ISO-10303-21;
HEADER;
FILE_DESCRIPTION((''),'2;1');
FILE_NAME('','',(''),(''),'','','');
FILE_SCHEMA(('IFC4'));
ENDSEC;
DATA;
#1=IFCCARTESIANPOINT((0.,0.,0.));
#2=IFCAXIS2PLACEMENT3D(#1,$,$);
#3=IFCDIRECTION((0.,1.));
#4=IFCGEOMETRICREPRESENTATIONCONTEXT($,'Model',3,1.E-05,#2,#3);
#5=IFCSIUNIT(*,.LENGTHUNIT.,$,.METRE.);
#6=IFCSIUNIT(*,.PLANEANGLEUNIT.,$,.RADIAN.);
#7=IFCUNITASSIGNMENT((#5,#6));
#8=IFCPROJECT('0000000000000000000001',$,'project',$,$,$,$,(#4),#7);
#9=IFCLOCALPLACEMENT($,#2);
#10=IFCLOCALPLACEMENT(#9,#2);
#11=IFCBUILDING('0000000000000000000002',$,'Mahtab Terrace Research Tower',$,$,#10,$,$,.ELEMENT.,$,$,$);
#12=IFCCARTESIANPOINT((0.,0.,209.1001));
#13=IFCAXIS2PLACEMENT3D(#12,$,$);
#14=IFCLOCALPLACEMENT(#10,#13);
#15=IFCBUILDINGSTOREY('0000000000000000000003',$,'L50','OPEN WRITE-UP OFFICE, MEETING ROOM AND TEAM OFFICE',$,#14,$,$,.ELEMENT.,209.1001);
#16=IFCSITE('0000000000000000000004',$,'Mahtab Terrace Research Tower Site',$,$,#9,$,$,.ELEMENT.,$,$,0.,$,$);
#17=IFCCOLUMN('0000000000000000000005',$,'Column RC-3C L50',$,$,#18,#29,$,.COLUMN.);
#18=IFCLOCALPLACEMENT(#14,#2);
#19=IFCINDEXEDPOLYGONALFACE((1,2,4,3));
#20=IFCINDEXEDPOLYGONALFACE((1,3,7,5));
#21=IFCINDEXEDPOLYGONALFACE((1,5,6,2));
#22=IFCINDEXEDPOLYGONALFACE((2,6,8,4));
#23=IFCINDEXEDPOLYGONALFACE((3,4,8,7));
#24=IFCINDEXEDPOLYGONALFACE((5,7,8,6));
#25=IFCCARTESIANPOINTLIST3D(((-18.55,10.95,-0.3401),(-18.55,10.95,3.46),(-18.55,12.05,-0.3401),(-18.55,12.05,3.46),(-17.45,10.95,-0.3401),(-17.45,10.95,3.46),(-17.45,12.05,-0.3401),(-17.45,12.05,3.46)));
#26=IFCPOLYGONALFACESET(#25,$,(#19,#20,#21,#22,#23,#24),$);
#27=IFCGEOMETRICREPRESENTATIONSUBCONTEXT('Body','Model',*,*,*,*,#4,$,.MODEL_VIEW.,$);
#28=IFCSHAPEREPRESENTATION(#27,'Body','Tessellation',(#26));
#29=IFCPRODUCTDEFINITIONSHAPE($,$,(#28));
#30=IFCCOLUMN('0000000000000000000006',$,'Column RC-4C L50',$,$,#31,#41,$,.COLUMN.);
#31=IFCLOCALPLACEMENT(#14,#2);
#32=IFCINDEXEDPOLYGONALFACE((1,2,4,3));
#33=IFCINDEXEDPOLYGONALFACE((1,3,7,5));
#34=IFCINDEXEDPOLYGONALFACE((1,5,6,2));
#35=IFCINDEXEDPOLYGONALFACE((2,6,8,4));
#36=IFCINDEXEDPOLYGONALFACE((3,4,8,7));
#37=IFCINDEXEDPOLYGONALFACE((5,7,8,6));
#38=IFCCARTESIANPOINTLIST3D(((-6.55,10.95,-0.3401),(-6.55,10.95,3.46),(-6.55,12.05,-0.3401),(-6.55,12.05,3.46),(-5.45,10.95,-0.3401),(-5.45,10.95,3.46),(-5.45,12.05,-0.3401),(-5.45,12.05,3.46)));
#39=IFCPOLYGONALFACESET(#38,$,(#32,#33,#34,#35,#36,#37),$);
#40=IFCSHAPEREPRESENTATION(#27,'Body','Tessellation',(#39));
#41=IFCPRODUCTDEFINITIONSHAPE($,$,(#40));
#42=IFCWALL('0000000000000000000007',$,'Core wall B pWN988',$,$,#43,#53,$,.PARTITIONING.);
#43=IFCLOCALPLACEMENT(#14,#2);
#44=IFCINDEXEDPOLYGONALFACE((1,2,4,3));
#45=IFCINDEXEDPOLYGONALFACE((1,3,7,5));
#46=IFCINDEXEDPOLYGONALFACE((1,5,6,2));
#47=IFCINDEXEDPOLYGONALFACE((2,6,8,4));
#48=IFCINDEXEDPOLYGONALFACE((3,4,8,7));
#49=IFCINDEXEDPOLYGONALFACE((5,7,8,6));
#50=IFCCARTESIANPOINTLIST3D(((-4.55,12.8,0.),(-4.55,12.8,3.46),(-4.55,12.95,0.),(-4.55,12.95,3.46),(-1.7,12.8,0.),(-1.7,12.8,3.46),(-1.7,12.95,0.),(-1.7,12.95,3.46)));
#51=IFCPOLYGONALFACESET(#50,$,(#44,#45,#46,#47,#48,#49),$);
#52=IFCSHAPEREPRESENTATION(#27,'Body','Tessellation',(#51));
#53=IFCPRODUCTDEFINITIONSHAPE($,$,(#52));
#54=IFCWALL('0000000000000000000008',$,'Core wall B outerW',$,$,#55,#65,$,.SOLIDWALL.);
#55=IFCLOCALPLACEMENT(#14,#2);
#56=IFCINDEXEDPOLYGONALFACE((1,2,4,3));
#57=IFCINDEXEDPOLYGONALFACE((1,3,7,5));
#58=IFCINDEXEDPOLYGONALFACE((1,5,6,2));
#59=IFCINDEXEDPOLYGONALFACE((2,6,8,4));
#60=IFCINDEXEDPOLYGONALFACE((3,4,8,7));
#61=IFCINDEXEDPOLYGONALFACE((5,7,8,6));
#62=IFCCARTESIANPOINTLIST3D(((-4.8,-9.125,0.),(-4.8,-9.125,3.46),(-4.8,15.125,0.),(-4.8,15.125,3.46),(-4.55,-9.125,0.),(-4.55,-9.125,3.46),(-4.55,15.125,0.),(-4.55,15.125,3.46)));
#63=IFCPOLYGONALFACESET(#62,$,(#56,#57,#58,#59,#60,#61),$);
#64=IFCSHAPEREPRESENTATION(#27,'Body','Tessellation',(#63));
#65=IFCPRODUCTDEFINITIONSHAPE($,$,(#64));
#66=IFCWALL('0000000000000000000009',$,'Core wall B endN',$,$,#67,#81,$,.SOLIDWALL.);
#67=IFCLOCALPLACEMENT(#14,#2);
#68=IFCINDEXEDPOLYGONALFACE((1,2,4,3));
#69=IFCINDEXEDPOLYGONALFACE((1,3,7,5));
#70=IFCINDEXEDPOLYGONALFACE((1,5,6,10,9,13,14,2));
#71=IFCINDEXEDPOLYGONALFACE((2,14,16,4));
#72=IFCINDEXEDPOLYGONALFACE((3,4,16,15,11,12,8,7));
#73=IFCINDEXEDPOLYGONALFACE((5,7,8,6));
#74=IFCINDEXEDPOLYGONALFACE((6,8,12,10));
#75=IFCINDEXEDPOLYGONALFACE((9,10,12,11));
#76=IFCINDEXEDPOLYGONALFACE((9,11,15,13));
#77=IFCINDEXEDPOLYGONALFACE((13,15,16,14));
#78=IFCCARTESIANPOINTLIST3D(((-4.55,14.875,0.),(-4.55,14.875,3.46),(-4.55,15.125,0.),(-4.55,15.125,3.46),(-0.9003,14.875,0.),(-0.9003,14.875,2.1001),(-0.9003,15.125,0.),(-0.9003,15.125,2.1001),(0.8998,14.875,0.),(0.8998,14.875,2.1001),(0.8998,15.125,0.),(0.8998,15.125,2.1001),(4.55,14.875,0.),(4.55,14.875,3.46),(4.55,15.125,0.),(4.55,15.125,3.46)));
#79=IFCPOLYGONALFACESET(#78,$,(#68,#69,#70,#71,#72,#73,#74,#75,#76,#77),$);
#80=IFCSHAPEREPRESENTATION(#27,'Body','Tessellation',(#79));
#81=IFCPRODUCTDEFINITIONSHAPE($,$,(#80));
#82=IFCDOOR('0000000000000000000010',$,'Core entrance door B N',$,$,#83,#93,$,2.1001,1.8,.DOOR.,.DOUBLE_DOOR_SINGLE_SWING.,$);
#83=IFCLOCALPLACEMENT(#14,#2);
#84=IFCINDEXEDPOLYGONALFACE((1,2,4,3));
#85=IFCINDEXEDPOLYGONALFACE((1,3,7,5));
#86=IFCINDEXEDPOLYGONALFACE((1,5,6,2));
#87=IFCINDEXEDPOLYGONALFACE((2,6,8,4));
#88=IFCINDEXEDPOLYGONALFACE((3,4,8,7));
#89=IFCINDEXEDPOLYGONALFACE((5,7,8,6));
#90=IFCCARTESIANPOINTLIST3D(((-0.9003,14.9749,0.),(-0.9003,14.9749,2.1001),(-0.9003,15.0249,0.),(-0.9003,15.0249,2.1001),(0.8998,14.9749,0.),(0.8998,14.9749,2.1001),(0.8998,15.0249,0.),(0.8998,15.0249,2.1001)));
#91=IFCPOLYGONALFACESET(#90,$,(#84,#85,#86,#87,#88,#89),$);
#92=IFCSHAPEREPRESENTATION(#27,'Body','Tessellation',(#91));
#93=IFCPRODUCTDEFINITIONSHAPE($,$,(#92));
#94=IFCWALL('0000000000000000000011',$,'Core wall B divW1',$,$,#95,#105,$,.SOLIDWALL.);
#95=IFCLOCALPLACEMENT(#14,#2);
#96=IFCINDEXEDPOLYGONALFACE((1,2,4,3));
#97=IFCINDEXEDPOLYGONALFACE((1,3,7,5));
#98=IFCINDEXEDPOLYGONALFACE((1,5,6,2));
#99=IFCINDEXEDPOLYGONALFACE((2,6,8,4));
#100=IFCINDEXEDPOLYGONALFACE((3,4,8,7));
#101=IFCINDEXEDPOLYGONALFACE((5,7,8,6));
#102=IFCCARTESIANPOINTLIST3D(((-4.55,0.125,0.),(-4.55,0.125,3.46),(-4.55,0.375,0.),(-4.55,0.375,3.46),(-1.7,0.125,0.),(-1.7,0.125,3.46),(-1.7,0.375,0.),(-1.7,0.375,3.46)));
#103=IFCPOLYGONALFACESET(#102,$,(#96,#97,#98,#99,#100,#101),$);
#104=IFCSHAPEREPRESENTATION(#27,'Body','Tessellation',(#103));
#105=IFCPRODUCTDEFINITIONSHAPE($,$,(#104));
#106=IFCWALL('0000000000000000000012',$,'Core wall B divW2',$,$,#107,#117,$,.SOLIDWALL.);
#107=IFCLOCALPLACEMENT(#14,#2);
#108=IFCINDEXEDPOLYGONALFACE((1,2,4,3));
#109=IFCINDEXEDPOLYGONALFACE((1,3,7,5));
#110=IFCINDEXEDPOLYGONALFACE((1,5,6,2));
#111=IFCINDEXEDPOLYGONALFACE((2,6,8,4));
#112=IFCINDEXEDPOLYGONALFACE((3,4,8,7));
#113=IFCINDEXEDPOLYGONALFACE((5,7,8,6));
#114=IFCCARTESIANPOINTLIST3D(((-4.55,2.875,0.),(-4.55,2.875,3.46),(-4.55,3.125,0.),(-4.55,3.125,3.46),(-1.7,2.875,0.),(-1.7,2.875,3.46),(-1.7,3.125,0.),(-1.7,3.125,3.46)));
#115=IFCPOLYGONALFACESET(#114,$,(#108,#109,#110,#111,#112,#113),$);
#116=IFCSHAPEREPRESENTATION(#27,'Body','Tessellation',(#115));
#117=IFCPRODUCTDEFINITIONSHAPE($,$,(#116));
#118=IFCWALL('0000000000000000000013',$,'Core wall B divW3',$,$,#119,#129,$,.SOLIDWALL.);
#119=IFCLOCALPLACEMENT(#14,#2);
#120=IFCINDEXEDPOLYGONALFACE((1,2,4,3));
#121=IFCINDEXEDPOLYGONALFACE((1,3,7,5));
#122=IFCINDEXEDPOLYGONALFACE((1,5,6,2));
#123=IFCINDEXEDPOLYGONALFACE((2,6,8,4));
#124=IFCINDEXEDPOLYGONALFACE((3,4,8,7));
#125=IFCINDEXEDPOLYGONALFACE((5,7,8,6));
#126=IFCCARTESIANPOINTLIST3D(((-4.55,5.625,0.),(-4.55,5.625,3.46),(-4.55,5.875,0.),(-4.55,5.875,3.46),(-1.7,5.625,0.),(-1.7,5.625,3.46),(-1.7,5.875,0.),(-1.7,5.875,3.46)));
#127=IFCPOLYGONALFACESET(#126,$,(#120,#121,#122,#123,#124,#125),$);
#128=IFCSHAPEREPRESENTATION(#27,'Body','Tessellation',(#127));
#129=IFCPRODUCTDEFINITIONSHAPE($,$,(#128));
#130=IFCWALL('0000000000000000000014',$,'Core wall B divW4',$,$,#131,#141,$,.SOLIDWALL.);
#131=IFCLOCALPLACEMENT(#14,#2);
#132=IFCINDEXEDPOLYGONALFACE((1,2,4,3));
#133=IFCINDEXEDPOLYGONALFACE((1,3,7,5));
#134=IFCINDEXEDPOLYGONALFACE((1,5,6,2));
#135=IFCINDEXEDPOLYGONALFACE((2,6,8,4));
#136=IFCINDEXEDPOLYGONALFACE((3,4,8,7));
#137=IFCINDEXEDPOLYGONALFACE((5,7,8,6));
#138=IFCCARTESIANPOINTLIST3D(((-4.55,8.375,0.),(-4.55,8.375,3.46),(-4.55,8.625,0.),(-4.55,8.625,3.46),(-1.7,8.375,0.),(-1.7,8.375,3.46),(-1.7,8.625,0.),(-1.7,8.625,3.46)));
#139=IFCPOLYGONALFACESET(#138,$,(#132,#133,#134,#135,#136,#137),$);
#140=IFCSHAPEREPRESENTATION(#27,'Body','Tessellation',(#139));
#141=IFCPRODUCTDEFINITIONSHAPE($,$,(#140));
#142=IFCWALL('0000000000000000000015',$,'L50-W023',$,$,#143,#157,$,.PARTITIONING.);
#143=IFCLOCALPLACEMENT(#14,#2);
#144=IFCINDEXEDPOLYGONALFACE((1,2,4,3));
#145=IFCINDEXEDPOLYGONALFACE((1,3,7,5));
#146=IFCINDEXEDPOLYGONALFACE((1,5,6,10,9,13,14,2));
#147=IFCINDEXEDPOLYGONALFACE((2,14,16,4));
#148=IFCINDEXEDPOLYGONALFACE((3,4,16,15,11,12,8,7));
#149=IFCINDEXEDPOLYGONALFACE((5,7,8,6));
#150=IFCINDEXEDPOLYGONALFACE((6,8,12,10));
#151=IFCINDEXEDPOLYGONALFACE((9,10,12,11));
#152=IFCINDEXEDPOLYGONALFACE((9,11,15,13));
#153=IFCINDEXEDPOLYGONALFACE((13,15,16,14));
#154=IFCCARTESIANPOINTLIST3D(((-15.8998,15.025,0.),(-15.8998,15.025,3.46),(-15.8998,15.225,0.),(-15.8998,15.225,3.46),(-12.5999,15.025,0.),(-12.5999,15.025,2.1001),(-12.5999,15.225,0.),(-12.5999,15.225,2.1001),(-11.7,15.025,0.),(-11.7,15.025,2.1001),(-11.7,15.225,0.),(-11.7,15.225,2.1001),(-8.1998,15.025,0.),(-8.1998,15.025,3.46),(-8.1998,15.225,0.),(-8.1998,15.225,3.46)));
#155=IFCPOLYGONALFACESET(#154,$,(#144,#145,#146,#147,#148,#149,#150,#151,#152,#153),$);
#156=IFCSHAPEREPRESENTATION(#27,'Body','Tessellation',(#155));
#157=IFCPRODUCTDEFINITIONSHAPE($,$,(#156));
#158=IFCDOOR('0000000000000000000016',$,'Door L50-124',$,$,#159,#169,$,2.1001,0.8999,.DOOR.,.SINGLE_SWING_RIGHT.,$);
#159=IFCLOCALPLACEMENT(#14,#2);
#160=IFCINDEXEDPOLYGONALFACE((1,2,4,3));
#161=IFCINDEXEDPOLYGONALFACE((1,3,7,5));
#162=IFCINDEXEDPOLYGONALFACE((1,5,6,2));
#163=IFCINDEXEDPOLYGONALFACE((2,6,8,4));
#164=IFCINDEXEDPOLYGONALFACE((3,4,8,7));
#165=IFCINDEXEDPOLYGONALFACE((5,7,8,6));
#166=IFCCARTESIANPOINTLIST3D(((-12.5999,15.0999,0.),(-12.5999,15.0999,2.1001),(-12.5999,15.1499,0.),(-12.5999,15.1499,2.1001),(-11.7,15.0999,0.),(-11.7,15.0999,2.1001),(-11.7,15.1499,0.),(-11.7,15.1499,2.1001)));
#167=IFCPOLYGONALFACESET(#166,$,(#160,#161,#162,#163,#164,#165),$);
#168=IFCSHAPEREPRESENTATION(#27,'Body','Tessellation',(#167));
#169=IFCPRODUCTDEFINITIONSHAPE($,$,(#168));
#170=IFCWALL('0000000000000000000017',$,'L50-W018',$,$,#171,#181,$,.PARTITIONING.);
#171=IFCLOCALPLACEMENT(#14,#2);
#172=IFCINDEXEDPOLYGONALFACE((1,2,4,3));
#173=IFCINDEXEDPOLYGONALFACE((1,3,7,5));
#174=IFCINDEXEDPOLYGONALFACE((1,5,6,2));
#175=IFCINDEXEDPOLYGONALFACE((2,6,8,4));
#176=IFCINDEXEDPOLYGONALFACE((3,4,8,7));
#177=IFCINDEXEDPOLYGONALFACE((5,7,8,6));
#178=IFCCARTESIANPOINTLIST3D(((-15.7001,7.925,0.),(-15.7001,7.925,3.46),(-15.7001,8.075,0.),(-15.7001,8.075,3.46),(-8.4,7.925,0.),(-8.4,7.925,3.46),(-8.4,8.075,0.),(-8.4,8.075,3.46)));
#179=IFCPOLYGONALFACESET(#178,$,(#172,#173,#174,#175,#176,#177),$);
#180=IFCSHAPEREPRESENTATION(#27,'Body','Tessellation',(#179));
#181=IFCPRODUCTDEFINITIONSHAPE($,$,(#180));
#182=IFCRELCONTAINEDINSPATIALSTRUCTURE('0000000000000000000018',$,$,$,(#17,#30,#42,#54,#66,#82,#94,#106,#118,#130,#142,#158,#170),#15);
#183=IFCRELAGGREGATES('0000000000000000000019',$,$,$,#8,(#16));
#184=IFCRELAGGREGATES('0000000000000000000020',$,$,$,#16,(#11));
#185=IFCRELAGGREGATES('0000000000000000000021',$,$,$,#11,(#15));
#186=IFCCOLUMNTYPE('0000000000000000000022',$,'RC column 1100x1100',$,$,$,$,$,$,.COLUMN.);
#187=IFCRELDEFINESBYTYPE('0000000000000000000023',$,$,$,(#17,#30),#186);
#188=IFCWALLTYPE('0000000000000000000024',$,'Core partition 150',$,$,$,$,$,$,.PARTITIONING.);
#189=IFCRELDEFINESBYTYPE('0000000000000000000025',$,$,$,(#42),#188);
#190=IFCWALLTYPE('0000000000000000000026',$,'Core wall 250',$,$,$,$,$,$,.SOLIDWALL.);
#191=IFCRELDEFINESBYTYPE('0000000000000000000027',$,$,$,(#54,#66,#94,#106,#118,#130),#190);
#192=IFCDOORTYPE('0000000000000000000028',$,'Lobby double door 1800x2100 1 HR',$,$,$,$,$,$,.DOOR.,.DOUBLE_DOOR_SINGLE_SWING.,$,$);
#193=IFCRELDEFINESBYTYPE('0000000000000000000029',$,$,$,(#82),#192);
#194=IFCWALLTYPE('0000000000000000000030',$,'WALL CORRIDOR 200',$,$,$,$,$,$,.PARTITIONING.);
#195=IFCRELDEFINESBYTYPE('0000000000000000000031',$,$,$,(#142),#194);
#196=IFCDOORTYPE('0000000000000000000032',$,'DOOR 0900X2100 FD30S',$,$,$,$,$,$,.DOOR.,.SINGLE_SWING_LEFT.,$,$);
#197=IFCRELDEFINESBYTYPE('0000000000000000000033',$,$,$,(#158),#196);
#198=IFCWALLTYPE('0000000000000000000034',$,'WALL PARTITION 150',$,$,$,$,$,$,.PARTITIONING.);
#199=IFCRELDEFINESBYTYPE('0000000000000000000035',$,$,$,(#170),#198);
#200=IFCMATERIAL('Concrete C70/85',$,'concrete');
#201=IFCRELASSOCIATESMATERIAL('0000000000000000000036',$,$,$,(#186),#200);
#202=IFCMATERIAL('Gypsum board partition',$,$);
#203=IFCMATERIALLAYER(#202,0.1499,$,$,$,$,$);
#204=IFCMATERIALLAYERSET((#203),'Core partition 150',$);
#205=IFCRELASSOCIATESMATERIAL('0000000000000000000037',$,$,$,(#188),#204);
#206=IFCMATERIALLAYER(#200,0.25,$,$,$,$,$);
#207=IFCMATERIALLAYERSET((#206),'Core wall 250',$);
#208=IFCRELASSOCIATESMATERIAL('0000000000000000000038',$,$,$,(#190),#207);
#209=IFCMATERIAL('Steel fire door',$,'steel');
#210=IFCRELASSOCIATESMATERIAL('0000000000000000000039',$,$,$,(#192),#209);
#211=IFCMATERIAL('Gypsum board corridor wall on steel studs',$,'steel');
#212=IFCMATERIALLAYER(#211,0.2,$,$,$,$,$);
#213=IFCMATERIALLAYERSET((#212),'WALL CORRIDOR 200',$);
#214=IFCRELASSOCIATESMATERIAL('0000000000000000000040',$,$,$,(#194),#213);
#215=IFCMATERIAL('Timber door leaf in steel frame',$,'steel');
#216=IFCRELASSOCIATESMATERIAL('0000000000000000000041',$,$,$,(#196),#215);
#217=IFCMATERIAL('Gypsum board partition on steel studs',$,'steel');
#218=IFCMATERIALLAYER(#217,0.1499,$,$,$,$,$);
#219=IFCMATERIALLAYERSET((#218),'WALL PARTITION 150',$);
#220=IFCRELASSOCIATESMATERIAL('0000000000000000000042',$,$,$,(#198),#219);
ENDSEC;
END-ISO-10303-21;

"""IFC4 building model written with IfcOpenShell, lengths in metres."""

from ifc_helpers import new_model, si_unit, direction, frame, frame_2d, origin, origin_2d, place, context, subcontext, project, spatial, rectangle, extrude, material, layer, layer_set, material_profile, profile_set, type_object, element, fill, save


model = new_model("IFC4")

# Units and contexts
model_context = context("Model", 3, precision=1e-05, world=origin(), true_north=direction((0.0, 1.0)))
body_context = subcontext(model_context, "Body", "Model", "MODEL_VIEW")
ifc_project = project(units=[si_unit("LENGTHUNIT", "METRE"), si_unit("PLANEANGLEUNIT", "RADIAN")], contexts=[model_context])

# Site, building, storey
site_placement = place(None, origin())
site = spatial("IfcSite", under=ifc_project, at=site_placement, Name="Mahtab Terrace Research Tower Site", CompositionType="ELEMENT", RefElevation=0.0)
building_placement = place(site_placement, origin())
building = spatial("IfcBuilding", under=site, at=building_placement, Name="Mahtab Terrace Research Tower", CompositionType="ELEMENT")
storey_placement = place(building_placement, frame((0.0, 0.0, 209.1001)))
storey = spatial("IfcBuildingStorey", under=building, at=storey_placement, Name="L50", Description="OPEN WRITE-UP OFFICE, MEETING ROOM AND TEAM OFFICE", CompositionType="ELEMENT", Elevation=209.1001)

# Columns
ifc_material_1 = material(Name="Concrete C70/85", Category="concrete")
ifc_material_profile = material_profile(ifc_material_1, rectangle(XDim=1.1001, YDim=1.1001, at=origin_2d()), Name="RC column 1100x1100")
ifc_profile_set = profile_set([ifc_material_profile], Name="Concrete C70/85")
column_type = type_object("IfcColumnType", Name="RC column 1100x1100", PredefinedType="COLUMN", material=ifc_profile_set)
for number, where, z_axis, x_axis, name in (
    (1, (-18.0, 11.5, -0.3401), (0.0, 0.0, 1.0), (1.0, 0.0, 0.0), "Column RC-3C L50"),
    (2, (-6.0, 11.5, -0.3401), (0.0, 0.0, 1.0), (1.0, 0.0, 0.0), "Column RC-4C L50"),
):
    element("IfcColumn", number, at=place(storey_placement, frame(where, z_axis=z_axis, x_axis=x_axis)), inside=storey, type_object=column_type, Name=name, PredefinedType="COLUMN", context=body_context, shape_type="SweptSolid", body=[
        extrude(rectangle(XDim=1.1001, YDim=1.1001, at=origin_2d()), origin(), (0.0, 0.0, 1.0), 3.8),
    ])

# Walls
ifc_material_2 = material(Name="Gypsum board partition")
ifc_layer_1 = layer(ifc_material_2, 0.1499)
ifc_layer_set_1 = layer_set([ifc_layer_1], Name="Core partition 150")
wall_type_1 = type_object("IfcWallType", Name="Core partition 150", PredefinedType="PARTITIONING", material=ifc_layer_set_1)
wall_1_placement = place(storey_placement, frame((-4.55, 12.875, 0.0), z_axis=(0.0, 0.0, 1.0), x_axis=(1.0, 0.0, 0.0)))
element("IfcWall", 3, at=wall_1_placement, inside=storey, type_object=wall_type_1, Name="Core wall B pWN988", PredefinedType="PARTITIONING", context=body_context, shape_type="SweptSolid", body=[
    extrude(rectangle(XDim=2.8501, YDim=0.1499, at=frame_2d((1.425, 0.0))), origin(), (0.0, 0.0, 1.0), 3.46),
])
ifc_layer_2 = layer(ifc_material_1, 0.25)
ifc_layer_set_2 = layer_set([ifc_layer_2], Name="Core wall 250")
wall_type_2 = type_object("IfcWallType", Name="Core wall 250", PredefinedType="SOLIDWALL", material=ifc_layer_set_2)
wall_2_placement = place(storey_placement, frame((-4.675, 15.125, 0.0), z_axis=(0.0, 0.0, 1.0), x_axis=(0.0, -1.0, 0.0)))
element("IfcWall", 4, at=wall_2_placement, inside=storey, type_object=wall_type_2, Name="Core wall B outerW", PredefinedType="SOLIDWALL", context=body_context, shape_type="SweptSolid", body=[
    extrude(rectangle(XDim=24.25, YDim=0.25, at=frame_2d((12.125, 0.0))), origin(), (0.0, 0.0, 1.0), 3.46),
])

# Wall, opening, door
wall_3_placement = place(storey_placement, frame((-4.55, 15.0, 0.0), z_axis=(0.0, 0.0, 1.0), x_axis=(1.0, 0.0, 0.0)))
wall_3 = element("IfcWall", 5, at=wall_3_placement, inside=storey, type_object=wall_type_2, Name="Core wall B endN", PredefinedType="SOLIDWALL", context=body_context, shape_type="SweptSolid", body=[
    extrude(rectangle(XDim=9.1001, YDim=0.25, at=frame_2d((4.55, 0.0))), origin(), (0.0, 0.0, 1.0), 3.46),
])
opening_1_placement = place(wall_3_placement, frame((3.6499, 0.0, 0.0)))
opening_1 = element("IfcOpeningElement", 6, at=opening_1_placement, cuts=wall_3, PredefinedType="OPENING", context=body_context, shape_type="SweptSolid", body=[
    extrude(rectangle(XDim=1.8, YDim=2.1001, at=frame_2d((0.8999, 1.05))), frame((0.0, 0.135, 0.0), z_axis=(0.0, -1.0, 0.0), x_axis=(1.0, 0.0, 0.0)), (0.0, 0.0, 1.0), 0.27),
])
ifc_material_3 = material(Name="Steel fire door", Category="steel")
door_type_1 = type_object("IfcDoorType", Name="Lobby double door 1800x2100 1 HR", OperationType="DOUBLE_DOOR_SINGLE_SWING", PredefinedType="DOOR", material=ifc_material_3)
door_1_placement = place(opening_1_placement, origin())
door_1 = element("IfcDoor", 7, at=door_1_placement, inside=storey, type_object=door_type_1, Name="Core entrance door B N", OperationType="DOUBLE_DOOR_SINGLE_SWING", OverallHeight=2.1001, OverallWidth=1.8, PredefinedType="DOOR", context=body_context, shape_type="SweptSolid", body=[
    extrude(rectangle(XDim=1.8, YDim=2.1001, at=frame_2d((0.8999, 1.05))), frame((0.0, 0.0249, 0.0), z_axis=(0.0, -1.0, 0.0), x_axis=(1.0, 0.0, 0.0)), (0.0, 0.0, 1.0), 0.05),
])
fill(opening_1, door_1)

# Walls
for number, where, z_axis, x_axis, name in (
    (8, (-4.55, 0.25, 0.0), (0.0, 0.0, 1.0), (1.0, 0.0, 0.0), "Core wall B divW1"),
    (9, (-4.55, 3.0, 0.0), (0.0, 0.0, 1.0), (1.0, 0.0, 0.0), "Core wall B divW2"),
    (10, (-4.55, 5.75, 0.0), (0.0, 0.0, 1.0), (1.0, 0.0, 0.0), "Core wall B divW3"),
    (11, (-4.55, 8.5, 0.0), (0.0, 0.0, 1.0), (1.0, 0.0, 0.0), "Core wall B divW4"),
):
    element("IfcWall", number, at=place(storey_placement, frame(where, z_axis=z_axis, x_axis=x_axis)), inside=storey, type_object=wall_type_2, Name=name, PredefinedType="SOLIDWALL", context=body_context, shape_type="SweptSolid", body=[
        extrude(rectangle(XDim=2.8501, YDim=0.25, at=frame_2d((1.425, 0.0))), origin(), (0.0, 0.0, 1.0), 3.46),
    ])

# Wall, opening, door
ifc_material_4 = material(Name="Gypsum board corridor wall on steel studs", Category="steel")
ifc_layer_3 = layer(ifc_material_4, 0.2)
ifc_layer_set_3 = layer_set([ifc_layer_3], Name="WALL CORRIDOR 200")
wall_type_3 = type_object("IfcWallType", Name="WALL CORRIDOR 200", PredefinedType="PARTITIONING", material=ifc_layer_set_3)
wall_4_placement = place(storey_placement, frame((-15.8999, 15.125, 0.0), z_axis=(0.0, 0.0, 1.0), x_axis=(1.0, 0.0, 0.0)))
wall_4 = element("IfcWall", 12, at=wall_4_placement, inside=storey, type_object=wall_type_3, Name="L50-W023", PredefinedType="PARTITIONING", context=body_context, shape_type="SweptSolid", body=[
    extrude(rectangle(XDim=7.7, YDim=0.2, at=frame_2d((3.8501, 0.0))), origin(), (0.0, 0.0, 1.0), 3.46),
])
opening_2_placement = place(wall_4_placement, frame((3.3, 0.0, 0.0)))
opening_2 = element("IfcOpeningElement", 13, at=opening_2_placement, cuts=wall_4, PredefinedType="OPENING", context=body_context, shape_type="SweptSolid", body=[
    extrude(rectangle(XDim=0.8999, YDim=2.1001, at=frame_2d((0.45, 1.05))), frame((0.0, 0.1099, 0.0), z_axis=(0.0, -1.0, 0.0), x_axis=(1.0, 0.0, 0.0)), (0.0, 0.0, 1.0), 0.22),
])
ifc_material_5 = material(Name="Timber door leaf in steel frame", Category="steel")
door_type_2 = type_object("IfcDoorType", Name="DOOR 0900X2100 FD30S", OperationType="SINGLE_SWING_LEFT", PredefinedType="DOOR", material=ifc_material_5)
door_2_placement = place(opening_2_placement, origin())
door_2 = element("IfcDoor", 14, at=door_2_placement, inside=storey, type_object=door_type_2, Name="Door L50-124", OperationType="SINGLE_SWING_RIGHT", OverallHeight=2.1001, OverallWidth=0.8999, PredefinedType="DOOR", context=body_context, shape_type="SweptSolid", body=[
    extrude(rectangle(XDim=0.8999, YDim=2.1001, at=frame_2d((0.45, 1.05))), frame((0.0, 0.0249, 0.0), z_axis=(0.0, -1.0, 0.0), x_axis=(1.0, 0.0, 0.0)), (0.0, 0.0, 1.0), 0.05),
])
fill(opening_2, door_2)

# Wall
ifc_material_6 = material(Name="Gypsum board partition on steel studs", Category="steel")
ifc_layer_4 = layer(ifc_material_6, 0.1499)
ifc_layer_set_4 = layer_set([ifc_layer_4], Name="WALL PARTITION 150")
wall_type_4 = type_object("IfcWallType", Name="WALL PARTITION 150", PredefinedType="PARTITIONING", material=ifc_layer_set_4)
wall_5_placement = place(storey_placement, frame((-15.7, 8.0, 0.0), z_axis=(0.0, 0.0, 1.0), x_axis=(1.0, 0.0, 0.0)))
element("IfcWall", 15, at=wall_5_placement, inside=storey, type_object=wall_type_4, Name="L50-W018", PredefinedType="PARTITIONING", context=body_context, shape_type="SweptSolid", body=[
    extrude(rectangle(XDim=7.3, YDim=0.1499, at=frame_2d((3.6499, 0.0))), origin(), (0.0, 0.0, 1.0), 3.46),
])

save(model, "model.ifc")
